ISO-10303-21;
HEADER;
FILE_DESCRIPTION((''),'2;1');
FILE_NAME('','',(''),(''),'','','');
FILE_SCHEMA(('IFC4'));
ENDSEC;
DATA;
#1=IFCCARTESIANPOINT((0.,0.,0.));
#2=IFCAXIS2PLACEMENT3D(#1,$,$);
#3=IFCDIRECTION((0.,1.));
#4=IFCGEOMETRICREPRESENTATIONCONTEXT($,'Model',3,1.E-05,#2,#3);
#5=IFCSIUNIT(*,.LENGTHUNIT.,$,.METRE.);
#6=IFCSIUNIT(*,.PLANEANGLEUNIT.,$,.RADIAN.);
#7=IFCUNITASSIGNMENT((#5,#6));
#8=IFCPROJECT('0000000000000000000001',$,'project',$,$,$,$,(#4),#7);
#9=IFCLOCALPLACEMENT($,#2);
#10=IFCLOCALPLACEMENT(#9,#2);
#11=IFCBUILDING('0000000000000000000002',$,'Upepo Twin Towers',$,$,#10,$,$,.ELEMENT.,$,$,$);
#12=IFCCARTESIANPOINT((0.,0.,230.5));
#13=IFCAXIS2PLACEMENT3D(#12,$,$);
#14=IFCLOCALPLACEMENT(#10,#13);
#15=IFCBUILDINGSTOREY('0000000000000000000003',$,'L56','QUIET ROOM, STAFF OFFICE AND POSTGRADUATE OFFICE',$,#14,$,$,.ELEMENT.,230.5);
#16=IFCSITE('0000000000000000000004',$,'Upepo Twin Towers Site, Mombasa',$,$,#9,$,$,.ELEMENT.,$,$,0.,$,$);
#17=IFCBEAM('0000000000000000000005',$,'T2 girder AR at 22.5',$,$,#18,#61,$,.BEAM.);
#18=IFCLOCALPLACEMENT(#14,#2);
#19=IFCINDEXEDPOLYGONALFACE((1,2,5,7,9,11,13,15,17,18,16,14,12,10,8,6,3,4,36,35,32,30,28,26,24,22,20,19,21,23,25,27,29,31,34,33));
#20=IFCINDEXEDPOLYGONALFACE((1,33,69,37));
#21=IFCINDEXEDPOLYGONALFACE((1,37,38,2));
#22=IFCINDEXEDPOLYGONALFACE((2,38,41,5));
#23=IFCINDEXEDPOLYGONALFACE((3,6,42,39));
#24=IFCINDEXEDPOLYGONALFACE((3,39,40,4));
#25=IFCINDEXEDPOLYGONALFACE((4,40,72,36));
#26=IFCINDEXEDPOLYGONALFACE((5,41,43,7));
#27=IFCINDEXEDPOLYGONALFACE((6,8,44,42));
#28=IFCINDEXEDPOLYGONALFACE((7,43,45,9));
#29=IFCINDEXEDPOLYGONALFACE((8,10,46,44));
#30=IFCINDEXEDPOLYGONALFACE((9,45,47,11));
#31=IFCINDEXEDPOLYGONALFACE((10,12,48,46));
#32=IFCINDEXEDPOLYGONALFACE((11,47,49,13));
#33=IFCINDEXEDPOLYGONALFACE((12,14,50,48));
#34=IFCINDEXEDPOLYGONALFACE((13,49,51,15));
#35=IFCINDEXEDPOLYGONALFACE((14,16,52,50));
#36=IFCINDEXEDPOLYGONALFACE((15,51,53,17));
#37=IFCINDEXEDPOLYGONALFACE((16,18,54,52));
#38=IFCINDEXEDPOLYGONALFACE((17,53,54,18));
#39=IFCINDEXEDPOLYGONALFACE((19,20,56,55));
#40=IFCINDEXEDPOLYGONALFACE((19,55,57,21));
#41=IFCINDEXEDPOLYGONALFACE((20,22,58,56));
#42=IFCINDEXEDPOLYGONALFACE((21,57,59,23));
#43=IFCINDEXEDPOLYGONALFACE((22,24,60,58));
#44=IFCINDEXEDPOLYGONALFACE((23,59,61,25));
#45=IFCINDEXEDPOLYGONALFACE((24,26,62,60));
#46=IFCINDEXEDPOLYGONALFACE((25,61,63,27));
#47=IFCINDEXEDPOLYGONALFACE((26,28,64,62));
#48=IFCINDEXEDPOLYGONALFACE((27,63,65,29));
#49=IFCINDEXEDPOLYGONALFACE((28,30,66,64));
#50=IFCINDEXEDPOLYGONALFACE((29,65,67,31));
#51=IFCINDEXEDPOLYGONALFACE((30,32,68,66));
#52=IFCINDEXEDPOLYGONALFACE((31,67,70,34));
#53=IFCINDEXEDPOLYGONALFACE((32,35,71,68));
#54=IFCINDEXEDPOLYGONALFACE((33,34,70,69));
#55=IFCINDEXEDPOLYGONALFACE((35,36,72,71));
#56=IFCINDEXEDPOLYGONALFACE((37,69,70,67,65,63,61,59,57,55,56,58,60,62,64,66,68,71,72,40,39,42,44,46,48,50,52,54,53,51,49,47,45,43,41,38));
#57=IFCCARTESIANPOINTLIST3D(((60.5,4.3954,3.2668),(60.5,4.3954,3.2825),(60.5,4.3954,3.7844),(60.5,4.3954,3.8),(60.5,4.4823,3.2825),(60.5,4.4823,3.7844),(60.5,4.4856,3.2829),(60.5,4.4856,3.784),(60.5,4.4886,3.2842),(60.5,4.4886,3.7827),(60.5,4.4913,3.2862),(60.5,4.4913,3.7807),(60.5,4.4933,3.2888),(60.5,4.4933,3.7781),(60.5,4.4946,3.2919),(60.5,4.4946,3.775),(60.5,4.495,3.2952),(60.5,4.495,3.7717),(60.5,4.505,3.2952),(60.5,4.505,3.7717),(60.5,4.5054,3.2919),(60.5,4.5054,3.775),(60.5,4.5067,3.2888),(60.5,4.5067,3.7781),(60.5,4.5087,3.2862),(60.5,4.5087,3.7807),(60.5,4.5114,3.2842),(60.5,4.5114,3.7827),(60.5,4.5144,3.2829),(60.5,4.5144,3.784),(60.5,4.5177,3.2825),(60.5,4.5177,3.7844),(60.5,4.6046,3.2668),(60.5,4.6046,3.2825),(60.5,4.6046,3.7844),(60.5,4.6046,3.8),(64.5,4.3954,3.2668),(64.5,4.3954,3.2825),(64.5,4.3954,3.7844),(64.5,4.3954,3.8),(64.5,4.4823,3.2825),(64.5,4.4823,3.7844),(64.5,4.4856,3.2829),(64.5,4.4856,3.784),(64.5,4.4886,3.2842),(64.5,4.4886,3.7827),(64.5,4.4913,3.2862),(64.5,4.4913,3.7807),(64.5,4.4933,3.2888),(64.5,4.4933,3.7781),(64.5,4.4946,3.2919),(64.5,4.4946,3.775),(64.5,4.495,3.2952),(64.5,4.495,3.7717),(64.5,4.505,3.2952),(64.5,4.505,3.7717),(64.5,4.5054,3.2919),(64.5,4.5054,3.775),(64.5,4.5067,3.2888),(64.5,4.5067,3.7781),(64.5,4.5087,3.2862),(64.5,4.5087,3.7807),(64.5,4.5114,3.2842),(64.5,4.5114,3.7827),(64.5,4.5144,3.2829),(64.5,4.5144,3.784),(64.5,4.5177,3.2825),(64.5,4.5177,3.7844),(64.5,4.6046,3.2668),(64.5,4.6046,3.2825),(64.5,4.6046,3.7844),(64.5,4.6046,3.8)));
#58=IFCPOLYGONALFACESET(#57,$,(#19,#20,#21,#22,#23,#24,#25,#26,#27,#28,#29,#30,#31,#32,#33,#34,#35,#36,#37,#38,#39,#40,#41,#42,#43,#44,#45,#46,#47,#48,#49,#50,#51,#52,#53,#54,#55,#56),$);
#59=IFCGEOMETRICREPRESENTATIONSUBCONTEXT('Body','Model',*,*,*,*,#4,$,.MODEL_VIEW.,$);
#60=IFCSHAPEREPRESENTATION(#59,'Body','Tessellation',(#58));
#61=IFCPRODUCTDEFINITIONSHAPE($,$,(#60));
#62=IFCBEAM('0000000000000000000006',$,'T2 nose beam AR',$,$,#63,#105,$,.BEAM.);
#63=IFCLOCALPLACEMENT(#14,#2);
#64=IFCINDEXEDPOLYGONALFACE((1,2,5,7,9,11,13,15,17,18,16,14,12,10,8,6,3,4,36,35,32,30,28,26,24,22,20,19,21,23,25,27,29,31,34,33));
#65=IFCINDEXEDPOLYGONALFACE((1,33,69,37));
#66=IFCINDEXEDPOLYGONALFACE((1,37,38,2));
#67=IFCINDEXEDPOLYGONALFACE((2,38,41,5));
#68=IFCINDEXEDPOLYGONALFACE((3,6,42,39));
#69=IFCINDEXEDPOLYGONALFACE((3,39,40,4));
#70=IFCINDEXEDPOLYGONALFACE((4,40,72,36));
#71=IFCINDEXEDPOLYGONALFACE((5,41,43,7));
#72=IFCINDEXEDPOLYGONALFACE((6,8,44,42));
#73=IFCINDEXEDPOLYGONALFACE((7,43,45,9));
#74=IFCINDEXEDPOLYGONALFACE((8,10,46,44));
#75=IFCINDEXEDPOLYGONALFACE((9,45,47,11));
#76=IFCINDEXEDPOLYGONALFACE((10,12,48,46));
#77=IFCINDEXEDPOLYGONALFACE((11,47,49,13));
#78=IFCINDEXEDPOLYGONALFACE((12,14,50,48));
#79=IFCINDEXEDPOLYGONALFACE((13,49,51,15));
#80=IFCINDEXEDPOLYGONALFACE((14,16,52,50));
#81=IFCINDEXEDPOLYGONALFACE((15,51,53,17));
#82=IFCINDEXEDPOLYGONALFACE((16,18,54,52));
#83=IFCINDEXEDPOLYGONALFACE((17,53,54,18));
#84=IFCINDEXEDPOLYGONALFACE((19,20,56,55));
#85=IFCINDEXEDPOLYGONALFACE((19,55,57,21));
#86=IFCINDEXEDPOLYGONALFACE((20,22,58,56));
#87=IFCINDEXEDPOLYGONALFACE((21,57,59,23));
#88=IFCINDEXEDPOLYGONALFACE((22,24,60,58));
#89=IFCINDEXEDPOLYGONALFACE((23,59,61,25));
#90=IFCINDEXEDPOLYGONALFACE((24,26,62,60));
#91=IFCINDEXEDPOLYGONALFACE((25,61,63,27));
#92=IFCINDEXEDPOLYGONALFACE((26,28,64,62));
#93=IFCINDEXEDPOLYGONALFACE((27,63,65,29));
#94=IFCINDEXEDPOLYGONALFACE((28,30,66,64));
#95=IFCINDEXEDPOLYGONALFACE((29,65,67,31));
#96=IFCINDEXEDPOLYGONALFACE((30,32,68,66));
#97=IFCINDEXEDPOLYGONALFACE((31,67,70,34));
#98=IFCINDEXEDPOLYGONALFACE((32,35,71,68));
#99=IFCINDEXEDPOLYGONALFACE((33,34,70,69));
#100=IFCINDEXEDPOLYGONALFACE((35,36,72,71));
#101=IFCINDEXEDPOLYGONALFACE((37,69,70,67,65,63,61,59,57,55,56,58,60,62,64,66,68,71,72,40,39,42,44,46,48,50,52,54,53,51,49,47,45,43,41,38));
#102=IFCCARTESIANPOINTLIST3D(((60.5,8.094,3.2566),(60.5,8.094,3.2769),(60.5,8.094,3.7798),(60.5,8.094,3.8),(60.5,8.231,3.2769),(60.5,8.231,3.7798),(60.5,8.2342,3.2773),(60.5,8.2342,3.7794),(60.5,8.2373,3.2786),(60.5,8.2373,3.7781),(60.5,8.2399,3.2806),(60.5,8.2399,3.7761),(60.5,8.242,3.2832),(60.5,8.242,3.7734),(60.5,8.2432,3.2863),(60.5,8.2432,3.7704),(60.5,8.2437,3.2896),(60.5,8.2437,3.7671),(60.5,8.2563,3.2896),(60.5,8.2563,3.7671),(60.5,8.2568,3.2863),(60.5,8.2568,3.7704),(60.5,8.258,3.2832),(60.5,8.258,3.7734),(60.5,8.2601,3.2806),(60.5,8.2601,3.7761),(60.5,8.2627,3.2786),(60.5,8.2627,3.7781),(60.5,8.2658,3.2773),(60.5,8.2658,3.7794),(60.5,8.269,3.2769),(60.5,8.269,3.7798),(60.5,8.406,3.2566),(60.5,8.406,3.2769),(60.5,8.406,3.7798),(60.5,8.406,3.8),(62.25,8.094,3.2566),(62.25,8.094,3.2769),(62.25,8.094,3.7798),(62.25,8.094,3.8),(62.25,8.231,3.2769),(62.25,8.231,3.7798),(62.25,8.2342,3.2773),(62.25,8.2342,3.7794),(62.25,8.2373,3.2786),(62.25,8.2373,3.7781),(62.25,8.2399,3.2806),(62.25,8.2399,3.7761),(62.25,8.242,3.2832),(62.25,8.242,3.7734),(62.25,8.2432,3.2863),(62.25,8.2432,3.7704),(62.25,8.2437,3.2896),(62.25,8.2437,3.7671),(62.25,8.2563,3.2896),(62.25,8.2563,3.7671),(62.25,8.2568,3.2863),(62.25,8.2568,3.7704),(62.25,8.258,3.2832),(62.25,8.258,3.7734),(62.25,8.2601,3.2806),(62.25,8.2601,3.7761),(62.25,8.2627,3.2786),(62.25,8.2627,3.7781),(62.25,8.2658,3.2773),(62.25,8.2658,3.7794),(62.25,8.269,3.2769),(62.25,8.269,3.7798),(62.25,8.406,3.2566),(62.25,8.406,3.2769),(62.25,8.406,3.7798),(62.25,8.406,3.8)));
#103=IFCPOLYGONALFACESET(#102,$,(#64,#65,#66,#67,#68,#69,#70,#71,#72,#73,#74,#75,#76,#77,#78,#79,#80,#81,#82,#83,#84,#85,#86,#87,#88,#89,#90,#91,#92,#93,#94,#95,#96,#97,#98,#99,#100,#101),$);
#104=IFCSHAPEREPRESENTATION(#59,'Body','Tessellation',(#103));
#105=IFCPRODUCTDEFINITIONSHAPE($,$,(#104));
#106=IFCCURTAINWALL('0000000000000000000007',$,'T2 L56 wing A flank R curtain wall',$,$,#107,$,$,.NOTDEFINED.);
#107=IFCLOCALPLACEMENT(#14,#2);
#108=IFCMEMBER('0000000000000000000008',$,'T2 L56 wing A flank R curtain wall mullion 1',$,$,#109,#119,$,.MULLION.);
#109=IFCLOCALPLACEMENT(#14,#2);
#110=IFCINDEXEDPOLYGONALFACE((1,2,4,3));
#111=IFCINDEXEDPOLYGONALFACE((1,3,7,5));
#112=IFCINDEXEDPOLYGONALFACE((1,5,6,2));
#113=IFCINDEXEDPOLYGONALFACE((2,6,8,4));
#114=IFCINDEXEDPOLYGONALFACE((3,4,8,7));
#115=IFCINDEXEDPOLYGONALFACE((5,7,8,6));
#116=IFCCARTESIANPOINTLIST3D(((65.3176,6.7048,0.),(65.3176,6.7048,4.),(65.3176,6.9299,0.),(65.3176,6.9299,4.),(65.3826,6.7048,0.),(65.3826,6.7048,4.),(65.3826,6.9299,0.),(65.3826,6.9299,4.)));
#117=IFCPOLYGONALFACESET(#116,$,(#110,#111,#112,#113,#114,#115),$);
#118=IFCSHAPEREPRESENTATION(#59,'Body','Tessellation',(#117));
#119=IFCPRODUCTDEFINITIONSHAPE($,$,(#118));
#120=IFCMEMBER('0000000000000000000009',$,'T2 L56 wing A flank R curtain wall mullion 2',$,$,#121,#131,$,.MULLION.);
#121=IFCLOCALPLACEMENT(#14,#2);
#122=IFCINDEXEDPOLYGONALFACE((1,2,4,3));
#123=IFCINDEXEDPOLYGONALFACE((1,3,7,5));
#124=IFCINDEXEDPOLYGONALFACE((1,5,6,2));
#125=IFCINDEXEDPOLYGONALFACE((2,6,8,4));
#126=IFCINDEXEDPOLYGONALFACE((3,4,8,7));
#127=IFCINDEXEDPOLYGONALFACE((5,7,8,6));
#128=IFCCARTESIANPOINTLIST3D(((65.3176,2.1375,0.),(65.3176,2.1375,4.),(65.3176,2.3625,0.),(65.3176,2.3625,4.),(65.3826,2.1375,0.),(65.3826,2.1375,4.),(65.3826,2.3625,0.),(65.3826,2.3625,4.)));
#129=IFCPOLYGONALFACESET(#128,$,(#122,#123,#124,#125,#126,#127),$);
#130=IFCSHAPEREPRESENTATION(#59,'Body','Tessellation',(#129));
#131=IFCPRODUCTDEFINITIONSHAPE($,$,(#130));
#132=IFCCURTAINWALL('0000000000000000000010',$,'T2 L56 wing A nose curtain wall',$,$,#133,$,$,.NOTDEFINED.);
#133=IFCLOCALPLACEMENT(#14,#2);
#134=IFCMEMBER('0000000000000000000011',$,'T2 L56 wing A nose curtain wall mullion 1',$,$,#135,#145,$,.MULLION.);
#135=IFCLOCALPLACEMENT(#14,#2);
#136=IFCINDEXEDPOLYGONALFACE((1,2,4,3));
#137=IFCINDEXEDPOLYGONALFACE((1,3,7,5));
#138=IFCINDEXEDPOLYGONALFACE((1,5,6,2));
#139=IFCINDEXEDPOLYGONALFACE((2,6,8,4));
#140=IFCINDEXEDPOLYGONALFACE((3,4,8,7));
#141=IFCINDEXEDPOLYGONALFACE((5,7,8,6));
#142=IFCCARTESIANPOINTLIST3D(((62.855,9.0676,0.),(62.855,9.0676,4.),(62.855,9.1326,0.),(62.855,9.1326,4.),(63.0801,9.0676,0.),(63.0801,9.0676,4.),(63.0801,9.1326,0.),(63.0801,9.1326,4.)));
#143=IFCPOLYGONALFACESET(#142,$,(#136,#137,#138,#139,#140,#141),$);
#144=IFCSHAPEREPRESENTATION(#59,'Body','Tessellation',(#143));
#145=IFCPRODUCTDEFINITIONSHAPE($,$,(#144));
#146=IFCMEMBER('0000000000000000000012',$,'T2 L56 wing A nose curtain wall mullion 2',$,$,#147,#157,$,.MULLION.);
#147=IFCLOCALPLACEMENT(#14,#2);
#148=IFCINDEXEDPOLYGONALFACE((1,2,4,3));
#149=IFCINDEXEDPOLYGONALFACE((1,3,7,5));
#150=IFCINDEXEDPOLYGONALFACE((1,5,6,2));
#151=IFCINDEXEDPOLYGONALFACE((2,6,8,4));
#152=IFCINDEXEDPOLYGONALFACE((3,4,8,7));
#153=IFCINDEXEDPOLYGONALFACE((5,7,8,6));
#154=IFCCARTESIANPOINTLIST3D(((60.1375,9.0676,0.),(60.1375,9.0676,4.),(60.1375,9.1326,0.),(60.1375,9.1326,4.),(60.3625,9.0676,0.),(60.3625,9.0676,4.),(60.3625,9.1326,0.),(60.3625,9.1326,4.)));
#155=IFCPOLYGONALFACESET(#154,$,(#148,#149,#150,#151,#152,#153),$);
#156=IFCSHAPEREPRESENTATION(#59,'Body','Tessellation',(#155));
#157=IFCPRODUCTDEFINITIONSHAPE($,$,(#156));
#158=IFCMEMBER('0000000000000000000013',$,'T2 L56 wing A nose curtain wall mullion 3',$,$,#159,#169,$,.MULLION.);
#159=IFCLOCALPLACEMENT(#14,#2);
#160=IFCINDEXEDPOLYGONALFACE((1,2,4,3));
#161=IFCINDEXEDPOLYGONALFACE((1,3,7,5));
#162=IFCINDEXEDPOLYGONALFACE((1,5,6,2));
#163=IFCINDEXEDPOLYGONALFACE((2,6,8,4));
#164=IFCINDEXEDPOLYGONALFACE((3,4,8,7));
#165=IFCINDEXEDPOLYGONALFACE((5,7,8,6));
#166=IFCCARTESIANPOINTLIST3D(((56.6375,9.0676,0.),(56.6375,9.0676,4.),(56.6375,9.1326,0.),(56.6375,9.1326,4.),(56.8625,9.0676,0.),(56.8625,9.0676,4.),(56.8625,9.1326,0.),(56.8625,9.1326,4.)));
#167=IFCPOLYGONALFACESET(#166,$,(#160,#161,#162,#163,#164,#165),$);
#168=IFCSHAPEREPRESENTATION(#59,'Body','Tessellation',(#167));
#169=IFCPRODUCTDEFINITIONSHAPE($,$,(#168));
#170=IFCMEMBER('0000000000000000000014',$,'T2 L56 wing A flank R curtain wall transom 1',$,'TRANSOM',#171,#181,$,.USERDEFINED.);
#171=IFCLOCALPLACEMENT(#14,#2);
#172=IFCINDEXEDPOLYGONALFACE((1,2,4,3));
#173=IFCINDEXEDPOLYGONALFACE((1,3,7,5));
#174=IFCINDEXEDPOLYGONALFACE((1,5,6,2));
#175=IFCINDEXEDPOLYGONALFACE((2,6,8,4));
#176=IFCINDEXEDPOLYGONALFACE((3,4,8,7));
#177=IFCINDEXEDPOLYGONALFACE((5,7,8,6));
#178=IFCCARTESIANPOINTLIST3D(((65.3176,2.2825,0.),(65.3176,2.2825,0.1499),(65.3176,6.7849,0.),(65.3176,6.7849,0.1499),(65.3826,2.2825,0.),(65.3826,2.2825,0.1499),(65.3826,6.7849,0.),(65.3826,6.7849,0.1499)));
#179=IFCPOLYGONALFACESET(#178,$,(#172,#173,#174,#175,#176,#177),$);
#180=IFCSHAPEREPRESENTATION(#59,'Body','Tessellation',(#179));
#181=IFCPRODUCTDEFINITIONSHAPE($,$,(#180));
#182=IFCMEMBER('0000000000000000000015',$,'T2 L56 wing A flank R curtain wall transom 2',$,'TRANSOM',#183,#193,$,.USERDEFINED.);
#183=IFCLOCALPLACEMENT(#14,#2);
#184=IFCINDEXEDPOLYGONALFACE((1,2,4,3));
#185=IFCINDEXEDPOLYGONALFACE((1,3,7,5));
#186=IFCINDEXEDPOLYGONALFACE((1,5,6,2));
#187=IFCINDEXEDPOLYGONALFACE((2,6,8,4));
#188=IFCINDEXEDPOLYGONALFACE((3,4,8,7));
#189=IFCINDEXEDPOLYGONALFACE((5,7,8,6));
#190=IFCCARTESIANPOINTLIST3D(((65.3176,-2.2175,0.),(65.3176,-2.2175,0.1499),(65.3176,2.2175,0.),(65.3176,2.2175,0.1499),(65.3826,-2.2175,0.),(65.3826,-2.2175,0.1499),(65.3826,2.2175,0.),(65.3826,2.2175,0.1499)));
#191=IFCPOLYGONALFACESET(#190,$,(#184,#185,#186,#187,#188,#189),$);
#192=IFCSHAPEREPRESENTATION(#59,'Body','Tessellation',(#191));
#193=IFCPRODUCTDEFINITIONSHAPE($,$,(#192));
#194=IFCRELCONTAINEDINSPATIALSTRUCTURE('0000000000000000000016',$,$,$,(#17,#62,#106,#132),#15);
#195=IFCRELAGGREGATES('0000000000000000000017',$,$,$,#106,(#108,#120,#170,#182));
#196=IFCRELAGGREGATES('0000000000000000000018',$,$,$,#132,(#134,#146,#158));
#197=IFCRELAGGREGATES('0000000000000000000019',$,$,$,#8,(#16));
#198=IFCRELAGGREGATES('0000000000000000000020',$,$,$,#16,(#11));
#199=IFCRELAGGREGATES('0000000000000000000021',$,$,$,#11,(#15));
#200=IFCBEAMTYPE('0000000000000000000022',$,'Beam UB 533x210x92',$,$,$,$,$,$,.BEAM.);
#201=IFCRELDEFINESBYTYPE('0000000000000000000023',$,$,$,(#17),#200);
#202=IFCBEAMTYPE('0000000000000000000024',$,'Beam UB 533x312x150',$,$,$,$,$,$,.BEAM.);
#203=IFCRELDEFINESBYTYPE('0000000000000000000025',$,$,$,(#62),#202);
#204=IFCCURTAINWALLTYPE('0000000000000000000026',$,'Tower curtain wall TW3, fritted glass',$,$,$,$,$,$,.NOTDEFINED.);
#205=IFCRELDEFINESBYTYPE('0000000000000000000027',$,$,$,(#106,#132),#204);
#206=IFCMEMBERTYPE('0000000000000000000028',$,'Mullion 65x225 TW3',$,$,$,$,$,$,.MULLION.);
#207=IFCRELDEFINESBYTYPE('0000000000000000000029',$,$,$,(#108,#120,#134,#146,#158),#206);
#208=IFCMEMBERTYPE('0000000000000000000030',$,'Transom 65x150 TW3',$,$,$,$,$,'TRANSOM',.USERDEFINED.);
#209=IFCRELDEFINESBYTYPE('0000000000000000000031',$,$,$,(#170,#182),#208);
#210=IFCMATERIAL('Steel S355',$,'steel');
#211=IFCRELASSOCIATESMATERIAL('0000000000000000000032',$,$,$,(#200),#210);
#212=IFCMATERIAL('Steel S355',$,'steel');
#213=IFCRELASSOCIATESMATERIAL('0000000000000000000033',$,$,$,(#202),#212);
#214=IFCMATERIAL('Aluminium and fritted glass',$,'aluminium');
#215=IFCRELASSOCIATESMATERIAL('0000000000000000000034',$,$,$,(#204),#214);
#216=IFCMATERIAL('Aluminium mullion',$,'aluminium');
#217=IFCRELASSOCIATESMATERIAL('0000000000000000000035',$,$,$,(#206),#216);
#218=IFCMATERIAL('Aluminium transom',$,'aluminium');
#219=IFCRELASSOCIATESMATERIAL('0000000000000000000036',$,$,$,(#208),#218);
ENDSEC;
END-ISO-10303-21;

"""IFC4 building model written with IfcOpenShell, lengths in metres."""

from ifc_helpers import new_model, si_unit, direction, frame, origin, origin_2d, place, context, subcontext, project, spatial, rectangle, i_section, extrude, material, material_profile, profile_set, type_object, element, aggregate, save


model = new_model("IFC4")

# Units and contexts
model_context = context("Model", 3, precision=1e-05, world=origin(), true_north=direction((0.0, 1.0)))
body_context = subcontext(model_context, "Body", "Model", "MODEL_VIEW")
ifc_project = project(units=[si_unit("LENGTHUNIT", "METRE"), si_unit("PLANEANGLEUNIT", "RADIAN")], contexts=[model_context])

# Site, building, storey
site_placement = place(None, origin())
site = spatial("IfcSite", under=ifc_project, at=site_placement, Name="Upepo Twin Towers Site, Mombasa", CompositionType="ELEMENT", RefElevation=0.0)
building_placement = place(site_placement, origin())
building = spatial("IfcBuilding", under=site, at=building_placement, Name="Upepo Twin Towers", CompositionType="ELEMENT")
storey_placement = place(building_placement, frame((0.0, 0.0, 230.5)))
storey = spatial("IfcBuildingStorey", under=building, at=storey_placement, Name="L56", Description="QUIET ROOM, STAFF OFFICE AND POSTGRADUATE OFFICE", CompositionType="ELEMENT", Elevation=230.5)

# Beams
ifc_material_1 = material(Name="Steel S355", Category="steel")
ifc_material_profile_1 = material_profile(ifc_material_1, i_section(OverallWidth=0.2092, OverallDepth=0.5332, WebThickness=0.01, FlangeThickness=0.0156, FilletRadius=0.0127, at=origin_2d()), Name="UB 533x210x92")
ifc_profile_set_1 = profile_set([ifc_material_profile_1], Name="Steel S355")
beam_type_1 = type_object("IfcBeamType", Name="Beam UB 533x210x92", PredefinedType="BEAM", material=ifc_profile_set_1)
for number, where, z_axis, x_axis, name in (
    (1, (64.5, 4.5, 3.5334), (-1.0, 0.0, 0.0), (0.0, -1.0, 0.0), "T2 girder AR at 22.5"),
):
    element("IfcBeam", number, at=place(storey_placement, frame(where, z_axis=z_axis, x_axis=x_axis)), inside=storey, type_object=beam_type_1, Name=name, PredefinedType="BEAM", context=body_context, shape_type="SweptSolid", body=[
        extrude(i_section(OverallWidth=0.2092, OverallDepth=0.5332, WebThickness=0.01, FlangeThickness=0.0156, FilletRadius=0.0127, at=origin_2d()), origin(), (0.0, 0.0, 1.0), 4.0),
    ])
ifc_material_2 = material(Name="Steel S355", Category="steel")
ifc_material_profile_2 = material_profile(ifc_material_2, i_section(OverallWidth=0.312, OverallDepth=0.5435, WebThickness=0.0127, FlangeThickness=0.0203, FilletRadius=0.0127, at=origin_2d()), Name="UB 533x312x150")
ifc_profile_set_2 = profile_set([ifc_material_profile_2], Name="Steel S355")
beam_type_2 = type_object("IfcBeamType", Name="Beam UB 533x312x150", PredefinedType="BEAM", material=ifc_profile_set_2)
beam_1_placement = place(storey_placement, frame((62.25, 8.25, 3.5283), z_axis=(-1.0, 0.0, 0.0), x_axis=(0.0, -1.0, 0.0)))
element("IfcBeam", 2, at=beam_1_placement, inside=storey, type_object=beam_type_2, Name="T2 nose beam AR", PredefinedType="BEAM", context=body_context, shape_type="SweptSolid", body=[
    extrude(i_section(OverallWidth=0.312, OverallDepth=0.5435, WebThickness=0.0127, FlangeThickness=0.0203, FilletRadius=0.0127, at=origin_2d()), origin(), (0.0, 0.0, 1.0), 1.75),
])

# Curtain walls, members
ifc_material_3 = material(Name="Aluminium and fritted glass", Category="aluminium")
curtain_wall_type = type_object("IfcCurtainWallType", Name="Tower curtain wall TW3, fritted glass", PredefinedType="NOTDEFINED", material=ifc_material_3)
curtain_wall_1_placement = place(storey_placement, origin())
curtain_wall_1 = element("IfcCurtainWall", 3, at=curtain_wall_1_placement, inside=storey, type_object=curtain_wall_type, Name="T2 L56 wing A flank R curtain wall", PredefinedType="NOTDEFINED")
ifc_material_4 = material(Name="Aluminium mullion", Category="aluminium")
ifc_material_profile_3 = material_profile(ifc_material_4, rectangle(XDim=0.0649, YDim=0.2251, at=origin_2d()), Name="MULLION 65x225")
ifc_profile_set_3 = profile_set([ifc_material_profile_3], Name="Aluminium mullion")
member_type_1 = type_object("IfcMemberType", Name="Mullion 65x225 TW3", PredefinedType="MULLION", material=ifc_profile_set_3)
member_1_placement = place(storey_placement, frame((65.3501, 6.8174, 0.0), z_axis=(0.0, 0.0, 1.0), x_axis=(1.0, 0.0, 0.0)))
member_1 = element("IfcMember", 4, at=member_1_placement, type_object=member_type_1, Name="T2 L56 wing A flank R curtain wall mullion 1", PredefinedType="MULLION", context=body_context, shape_type="SweptSolid", body=[
    extrude(rectangle(XDim=0.0649, YDim=0.2251, at=origin_2d()), origin(), (0.0, 0.0, 1.0), 4.0),
])
member_2_placement = place(storey_placement, frame((65.3501, 2.25, 0.0), z_axis=(0.0, 0.0, 1.0), x_axis=(1.0, 0.0, 0.0)))
member_2 = element("IfcMember", 5, at=member_2_placement, type_object=member_type_1, Name="T2 L56 wing A flank R curtain wall mullion 2", PredefinedType="MULLION", context=body_context, shape_type="SweptSolid", body=[
    extrude(rectangle(XDim=0.0649, YDim=0.2251, at=origin_2d()), origin(), (0.0, 0.0, 1.0), 4.0),
])
curtain_wall_2_placement = place(storey_placement, origin())
curtain_wall_2 = element("IfcCurtainWall", 6, at=curtain_wall_2_placement, inside=storey, type_object=curtain_wall_type, Name="T2 L56 wing A nose curtain wall", PredefinedType="NOTDEFINED")
member_3_placement = place(storey_placement, frame((62.9675, 9.1001, 0.0), z_axis=(0.0, 0.0, 1.0), x_axis=(0.0, -1.0, 0.0)))
member_3 = element("IfcMember", 7, at=member_3_placement, type_object=member_type_1, Name="T2 L56 wing A nose curtain wall mullion 1", PredefinedType="MULLION", context=body_context, shape_type="SweptSolid", body=[
    extrude(rectangle(XDim=0.0649, YDim=0.2251, at=origin_2d()), origin(), (0.0, 0.0, 1.0), 4.0),
])
member_4_placement = place(storey_placement, frame((60.25, 9.1001, 0.0), z_axis=(0.0, 0.0, 1.0), x_axis=(0.0, -1.0, 0.0)))
member_4 = element("IfcMember", 8, at=member_4_placement, type_object=member_type_1, Name="T2 L56 wing A nose curtain wall mullion 2", PredefinedType="MULLION", context=body_context, shape_type="SweptSolid", body=[
    extrude(rectangle(XDim=0.0649, YDim=0.2251, at=origin_2d()), origin(), (0.0, 0.0, 1.0), 4.0),
])
member_5_placement = place(storey_placement, frame((56.75, 9.1001, 0.0), z_axis=(0.0, 0.0, 1.0), x_axis=(0.0, -1.0, 0.0)))
member_5 = element("IfcMember", 9, at=member_5_placement, type_object=member_type_1, Name="T2 L56 wing A nose curtain wall mullion 3", PredefinedType="MULLION", context=body_context, shape_type="SweptSolid", body=[
    extrude(rectangle(XDim=0.0649, YDim=0.2251, at=origin_2d()), origin(), (0.0, 0.0, 1.0), 4.0),
])

# Members
ifc_material_5 = material(Name="Aluminium transom", Category="aluminium")
ifc_material_profile_4 = material_profile(ifc_material_5, rectangle(XDim=0.0649, YDim=0.1499, at=origin_2d()), Name="TRANSOM 65x150")
ifc_profile_set_4 = profile_set([ifc_material_profile_4], Name="Aluminium transom")
member_type_2 = type_object("IfcMemberType", Name="Transom 65x150 TW3", ElementType="TRANSOM", PredefinedType="USERDEFINED", material=ifc_profile_set_4)
member_6_placement = place(storey_placement, frame((65.3501, 6.7849, 0.075), z_axis=(0.0, -1.0, 0.0), x_axis=(1.0, 0.0, 0.0)))
member_6 = element("IfcMember", 10, at=member_6_placement, type_object=member_type_2, Name="T2 L56 wing A flank R curtain wall transom 1", ObjectType="TRANSOM", PredefinedType="USERDEFINED", context=body_context, shape_type="SweptSolid", body=[
    extrude(rectangle(XDim=0.0649, YDim=0.1499, at=origin_2d()), origin(), (0.0, 0.0, 1.0), 4.5024),
])
member_7_placement = place(storey_placement, frame((65.3501, 2.2175, 0.075), z_axis=(0.0, -1.0, 0.0), x_axis=(1.0, 0.0, 0.0)))
member_7 = element("IfcMember", 11, at=member_7_placement, type_object=member_type_2, Name="T2 L56 wing A flank R curtain wall transom 2", ObjectType="TRANSOM", PredefinedType="USERDEFINED", context=body_context, shape_type="SweptSolid", body=[
    extrude(rectangle(XDim=0.0649, YDim=0.1499, at=origin_2d()), origin(), (0.0, 0.0, 1.0), 4.4351),
])

aggregate(curtain_wall_1, [member_1, member_2, member_6, member_7])
aggregate(curtain_wall_2, [member_3, member_4, member_5])

save(model, "model.ifc")
